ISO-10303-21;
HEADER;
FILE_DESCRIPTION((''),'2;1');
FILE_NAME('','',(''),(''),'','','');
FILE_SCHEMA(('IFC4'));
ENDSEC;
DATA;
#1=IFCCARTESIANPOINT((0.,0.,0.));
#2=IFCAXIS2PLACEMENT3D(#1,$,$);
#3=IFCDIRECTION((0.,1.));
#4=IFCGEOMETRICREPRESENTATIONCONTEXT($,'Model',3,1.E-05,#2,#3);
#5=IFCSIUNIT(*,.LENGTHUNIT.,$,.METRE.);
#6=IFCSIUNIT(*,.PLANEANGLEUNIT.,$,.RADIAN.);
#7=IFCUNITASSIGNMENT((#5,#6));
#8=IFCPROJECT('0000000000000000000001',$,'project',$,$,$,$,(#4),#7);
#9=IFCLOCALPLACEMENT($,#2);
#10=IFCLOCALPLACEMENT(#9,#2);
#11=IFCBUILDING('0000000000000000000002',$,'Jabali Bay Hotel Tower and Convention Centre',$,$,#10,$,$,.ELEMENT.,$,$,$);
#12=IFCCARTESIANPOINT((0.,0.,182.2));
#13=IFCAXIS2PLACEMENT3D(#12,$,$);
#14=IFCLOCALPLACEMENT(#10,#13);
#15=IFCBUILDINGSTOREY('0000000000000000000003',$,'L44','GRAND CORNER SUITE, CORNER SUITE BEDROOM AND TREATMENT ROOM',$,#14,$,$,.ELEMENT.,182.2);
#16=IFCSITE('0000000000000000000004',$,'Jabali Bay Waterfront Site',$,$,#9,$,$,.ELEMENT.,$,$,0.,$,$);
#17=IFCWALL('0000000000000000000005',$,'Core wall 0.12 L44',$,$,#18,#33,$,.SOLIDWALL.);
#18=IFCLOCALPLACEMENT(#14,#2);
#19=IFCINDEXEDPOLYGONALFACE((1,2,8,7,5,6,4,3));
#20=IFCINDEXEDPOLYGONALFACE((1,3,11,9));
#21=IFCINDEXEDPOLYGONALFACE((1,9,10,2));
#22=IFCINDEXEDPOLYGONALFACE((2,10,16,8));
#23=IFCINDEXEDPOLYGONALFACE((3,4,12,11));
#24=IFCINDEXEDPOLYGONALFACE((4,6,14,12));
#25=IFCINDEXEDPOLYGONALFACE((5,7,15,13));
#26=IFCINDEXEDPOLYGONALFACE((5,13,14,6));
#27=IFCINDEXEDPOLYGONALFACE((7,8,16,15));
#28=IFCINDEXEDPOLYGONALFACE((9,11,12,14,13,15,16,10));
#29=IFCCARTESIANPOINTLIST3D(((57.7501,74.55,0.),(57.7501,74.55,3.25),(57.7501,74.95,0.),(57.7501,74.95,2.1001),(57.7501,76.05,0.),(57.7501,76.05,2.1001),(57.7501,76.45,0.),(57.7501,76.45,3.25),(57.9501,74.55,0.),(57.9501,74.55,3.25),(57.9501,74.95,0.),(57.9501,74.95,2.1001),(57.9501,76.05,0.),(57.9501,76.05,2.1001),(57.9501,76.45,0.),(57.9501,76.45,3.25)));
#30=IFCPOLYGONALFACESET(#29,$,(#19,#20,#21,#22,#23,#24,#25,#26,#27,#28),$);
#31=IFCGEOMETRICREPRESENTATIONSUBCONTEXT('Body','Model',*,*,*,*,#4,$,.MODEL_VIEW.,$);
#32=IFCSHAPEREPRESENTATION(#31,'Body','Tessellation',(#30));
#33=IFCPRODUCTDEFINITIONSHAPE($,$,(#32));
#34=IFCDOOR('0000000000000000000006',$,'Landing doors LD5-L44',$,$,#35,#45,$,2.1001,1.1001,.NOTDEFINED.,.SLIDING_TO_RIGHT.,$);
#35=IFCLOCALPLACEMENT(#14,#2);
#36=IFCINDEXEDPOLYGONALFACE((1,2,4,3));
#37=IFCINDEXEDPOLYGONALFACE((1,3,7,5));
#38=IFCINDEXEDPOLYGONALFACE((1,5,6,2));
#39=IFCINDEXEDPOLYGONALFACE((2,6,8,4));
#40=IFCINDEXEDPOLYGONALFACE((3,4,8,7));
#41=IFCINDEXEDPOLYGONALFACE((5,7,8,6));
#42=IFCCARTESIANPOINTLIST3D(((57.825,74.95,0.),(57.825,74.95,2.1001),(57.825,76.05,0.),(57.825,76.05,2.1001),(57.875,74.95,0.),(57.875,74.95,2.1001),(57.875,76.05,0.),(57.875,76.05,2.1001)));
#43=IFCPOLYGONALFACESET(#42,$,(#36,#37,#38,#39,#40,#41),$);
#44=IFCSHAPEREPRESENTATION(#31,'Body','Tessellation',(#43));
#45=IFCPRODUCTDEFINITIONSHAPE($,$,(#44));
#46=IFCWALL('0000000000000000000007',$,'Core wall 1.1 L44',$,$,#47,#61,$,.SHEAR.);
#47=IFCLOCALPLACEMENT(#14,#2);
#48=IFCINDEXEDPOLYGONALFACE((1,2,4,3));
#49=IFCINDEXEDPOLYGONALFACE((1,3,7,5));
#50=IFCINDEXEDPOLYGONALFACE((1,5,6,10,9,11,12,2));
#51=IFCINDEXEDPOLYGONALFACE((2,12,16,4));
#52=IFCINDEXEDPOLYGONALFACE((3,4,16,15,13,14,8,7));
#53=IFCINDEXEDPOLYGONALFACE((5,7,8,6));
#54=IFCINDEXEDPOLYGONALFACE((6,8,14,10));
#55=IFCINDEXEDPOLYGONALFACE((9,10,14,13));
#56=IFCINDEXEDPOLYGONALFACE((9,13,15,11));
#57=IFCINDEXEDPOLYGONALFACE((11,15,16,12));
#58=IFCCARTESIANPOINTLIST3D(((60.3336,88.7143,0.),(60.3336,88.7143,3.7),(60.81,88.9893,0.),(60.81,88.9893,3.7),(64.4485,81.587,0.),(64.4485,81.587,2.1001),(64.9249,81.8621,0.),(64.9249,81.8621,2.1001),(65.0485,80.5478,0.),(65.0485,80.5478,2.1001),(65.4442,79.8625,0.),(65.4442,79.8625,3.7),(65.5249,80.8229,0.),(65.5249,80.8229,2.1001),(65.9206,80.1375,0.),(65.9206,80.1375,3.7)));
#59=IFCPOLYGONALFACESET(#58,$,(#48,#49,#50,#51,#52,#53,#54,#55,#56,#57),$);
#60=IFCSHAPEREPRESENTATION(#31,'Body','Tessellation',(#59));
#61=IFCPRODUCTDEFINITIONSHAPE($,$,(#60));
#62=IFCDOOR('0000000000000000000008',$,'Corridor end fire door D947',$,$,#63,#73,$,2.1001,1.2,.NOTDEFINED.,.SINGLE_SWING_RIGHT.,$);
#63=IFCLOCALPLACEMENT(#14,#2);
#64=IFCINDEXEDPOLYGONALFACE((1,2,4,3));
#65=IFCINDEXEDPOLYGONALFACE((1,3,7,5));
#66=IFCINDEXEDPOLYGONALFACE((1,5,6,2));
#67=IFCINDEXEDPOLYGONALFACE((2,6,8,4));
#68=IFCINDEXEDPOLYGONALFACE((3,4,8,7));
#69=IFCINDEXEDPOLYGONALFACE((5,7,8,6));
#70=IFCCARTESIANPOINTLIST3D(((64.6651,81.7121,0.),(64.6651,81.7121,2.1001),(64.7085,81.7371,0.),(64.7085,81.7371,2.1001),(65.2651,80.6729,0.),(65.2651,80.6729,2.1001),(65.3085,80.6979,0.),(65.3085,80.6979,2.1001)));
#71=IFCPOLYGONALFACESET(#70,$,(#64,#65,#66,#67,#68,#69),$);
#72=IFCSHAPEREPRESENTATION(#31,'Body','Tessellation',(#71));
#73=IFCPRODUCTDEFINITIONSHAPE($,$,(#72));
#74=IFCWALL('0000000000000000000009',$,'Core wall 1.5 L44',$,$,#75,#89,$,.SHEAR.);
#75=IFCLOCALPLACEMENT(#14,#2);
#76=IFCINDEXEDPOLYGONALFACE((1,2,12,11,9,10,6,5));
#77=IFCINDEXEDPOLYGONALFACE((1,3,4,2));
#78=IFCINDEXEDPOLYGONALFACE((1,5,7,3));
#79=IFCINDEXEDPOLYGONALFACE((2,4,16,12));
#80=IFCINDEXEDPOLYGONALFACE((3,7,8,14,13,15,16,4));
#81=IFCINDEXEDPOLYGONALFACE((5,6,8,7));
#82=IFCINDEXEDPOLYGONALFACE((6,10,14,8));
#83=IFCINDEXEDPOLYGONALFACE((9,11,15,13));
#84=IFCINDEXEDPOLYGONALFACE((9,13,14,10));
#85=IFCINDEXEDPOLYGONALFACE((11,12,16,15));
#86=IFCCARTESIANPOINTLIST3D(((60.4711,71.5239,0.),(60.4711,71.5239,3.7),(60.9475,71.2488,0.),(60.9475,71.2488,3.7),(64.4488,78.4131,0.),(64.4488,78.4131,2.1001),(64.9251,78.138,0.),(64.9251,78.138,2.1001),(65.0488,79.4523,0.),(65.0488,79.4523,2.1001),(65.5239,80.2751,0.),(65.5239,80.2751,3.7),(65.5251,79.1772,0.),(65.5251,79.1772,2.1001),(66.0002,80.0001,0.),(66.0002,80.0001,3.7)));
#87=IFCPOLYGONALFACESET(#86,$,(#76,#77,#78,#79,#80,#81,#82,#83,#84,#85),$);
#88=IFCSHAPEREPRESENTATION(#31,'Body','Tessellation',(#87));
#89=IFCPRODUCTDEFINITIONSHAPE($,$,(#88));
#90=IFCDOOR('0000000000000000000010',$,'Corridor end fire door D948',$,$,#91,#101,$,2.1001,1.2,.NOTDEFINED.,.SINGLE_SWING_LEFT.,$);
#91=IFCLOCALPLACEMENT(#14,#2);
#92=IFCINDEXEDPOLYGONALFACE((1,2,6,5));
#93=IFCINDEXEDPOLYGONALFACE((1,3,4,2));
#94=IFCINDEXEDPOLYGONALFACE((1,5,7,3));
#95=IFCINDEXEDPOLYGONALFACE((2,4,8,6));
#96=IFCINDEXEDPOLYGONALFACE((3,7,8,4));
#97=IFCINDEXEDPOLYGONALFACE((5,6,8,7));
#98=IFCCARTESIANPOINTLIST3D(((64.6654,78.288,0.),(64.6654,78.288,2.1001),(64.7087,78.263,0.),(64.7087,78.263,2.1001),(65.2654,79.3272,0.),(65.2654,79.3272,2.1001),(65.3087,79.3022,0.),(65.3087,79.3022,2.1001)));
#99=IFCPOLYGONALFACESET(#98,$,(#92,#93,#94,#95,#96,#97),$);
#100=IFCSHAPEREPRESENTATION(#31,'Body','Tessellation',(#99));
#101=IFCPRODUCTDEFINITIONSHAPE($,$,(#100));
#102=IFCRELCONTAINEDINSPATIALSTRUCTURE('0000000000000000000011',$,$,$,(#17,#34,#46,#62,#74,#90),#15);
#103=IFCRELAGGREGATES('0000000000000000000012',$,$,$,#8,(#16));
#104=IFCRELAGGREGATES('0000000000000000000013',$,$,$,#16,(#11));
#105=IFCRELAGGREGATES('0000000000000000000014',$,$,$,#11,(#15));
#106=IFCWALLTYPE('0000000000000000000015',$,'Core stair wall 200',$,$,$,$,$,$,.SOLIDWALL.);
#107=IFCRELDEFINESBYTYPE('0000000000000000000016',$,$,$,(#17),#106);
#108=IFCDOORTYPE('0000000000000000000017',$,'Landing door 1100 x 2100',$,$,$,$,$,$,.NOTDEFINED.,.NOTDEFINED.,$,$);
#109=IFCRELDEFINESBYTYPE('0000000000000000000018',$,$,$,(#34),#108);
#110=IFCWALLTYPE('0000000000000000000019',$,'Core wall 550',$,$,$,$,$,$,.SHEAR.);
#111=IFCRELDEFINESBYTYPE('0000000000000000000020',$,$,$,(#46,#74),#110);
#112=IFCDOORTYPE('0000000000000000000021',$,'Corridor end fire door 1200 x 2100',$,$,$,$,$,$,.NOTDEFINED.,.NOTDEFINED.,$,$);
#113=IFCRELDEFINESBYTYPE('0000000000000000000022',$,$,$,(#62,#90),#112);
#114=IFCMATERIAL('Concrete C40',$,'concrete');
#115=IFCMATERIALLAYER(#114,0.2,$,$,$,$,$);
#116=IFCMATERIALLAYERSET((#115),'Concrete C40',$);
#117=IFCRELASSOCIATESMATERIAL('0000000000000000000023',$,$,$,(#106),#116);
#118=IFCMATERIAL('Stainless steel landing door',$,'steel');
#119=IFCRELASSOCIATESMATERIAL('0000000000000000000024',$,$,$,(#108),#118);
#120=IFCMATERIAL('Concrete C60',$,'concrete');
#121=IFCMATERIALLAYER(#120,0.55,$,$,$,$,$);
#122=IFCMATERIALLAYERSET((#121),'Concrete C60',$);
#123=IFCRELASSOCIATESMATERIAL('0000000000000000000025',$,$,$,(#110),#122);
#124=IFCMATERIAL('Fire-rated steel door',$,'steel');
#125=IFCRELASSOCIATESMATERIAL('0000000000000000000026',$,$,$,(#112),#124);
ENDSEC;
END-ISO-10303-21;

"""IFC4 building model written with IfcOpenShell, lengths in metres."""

from ifc_helpers import new_model, si_unit, direction, frame, frame_2d, origin, place, context, subcontext, project, spatial, rectangle, extrude, material, layer, layer_set, type_object, element, fill, save


model = new_model("IFC4")

# Units and contexts
model_context = context("Model", 3, precision=1e-05, world=origin(), true_north=direction((0.0, 1.0)))
body_context = subcontext(model_context, "Body", "Model", "MODEL_VIEW")
ifc_project = project(units=[si_unit("LENGTHUNIT", "METRE"), si_unit("PLANEANGLEUNIT", "RADIAN")], contexts=[model_context])

# Site, building, storey
site_placement = place(None, origin())
site = spatial("IfcSite", under=ifc_project, at=site_placement, Name="Jabali Bay Waterfront Site", CompositionType="ELEMENT", RefElevation=0.0)
building_placement = place(site_placement, origin())
building = spatial("IfcBuilding", under=site, at=building_placement, Name="Jabali Bay Hotel Tower and Convention Centre", CompositionType="ELEMENT")
storey_placement = place(building_placement, frame((0.0, 0.0, 182.2)))
storey = spatial("IfcBuildingStorey", under=building, at=storey_placement, Name="L44", Description="GRAND CORNER SUITE, CORNER SUITE BEDROOM AND TREATMENT ROOM", CompositionType="ELEMENT", Elevation=182.2)

# Shared definitions
ifc_material_1 = material(Name="Concrete C60", Category="concrete")

# Shared definitions
ifc_material_2 = material(Name="Concrete C40", Category="concrete")
ifc_material_3 = material(Name="Fire-rated steel door", Category="steel")
ifc_layer_1 = layer(ifc_material_2, 0.2)
ifc_layer_set_1 = layer_set([ifc_layer_1], Name="Concrete C40")
wall_type_1 = type_object("IfcWallType", Name="Core stair wall 200", PredefinedType="SOLIDWALL", material=ifc_layer_set_1)

# Walls, openings, doors
wall_1_placement = place(storey_placement, frame((57.8501, 76.45, 0.0), z_axis=(0.0, 0.0, 1.0), x_axis=(0.0, -1.0, 0.0)))
wall_1 = element("IfcWall", 1, at=wall_1_placement, inside=storey, type_object=wall_type_1, Name="Core wall 0.12 L44", PredefinedType="SOLIDWALL", context=body_context, shape_type="SweptSolid", body=[
    extrude(rectangle(XDim=1.8999, YDim=0.2, at=frame_2d((0.95, 0.0))), origin(), (0.0, 0.0, 1.0), 3.25),
])
opening_1_placement = place(wall_1_placement, frame((0.3999, 0.0, 0.0)))
opening_1 = element("IfcOpeningElement", 2, at=opening_1_placement, cuts=wall_1, PredefinedType="OPENING", context=body_context, shape_type="SweptSolid", body=[
    extrude(rectangle(XDim=1.1001, YDim=2.1001, at=frame_2d((0.55, 1.05))), frame((0.0, 0.1104, 0.0), z_axis=(0.0, -1.0, 0.0), x_axis=(1.0, 0.0, 0.0)), (0.0, 0.0, 1.0), 0.2209),
])
ifc_material_4 = material(Name="Stainless steel landing door", Category="steel")
door_type_1 = type_object("IfcDoorType", Name="Landing door 1100 x 2100", OperationType="NOTDEFINED", PredefinedType="NOTDEFINED", material=ifc_material_4)
door_1_placement = place(opening_1_placement, origin())
door_1 = element("IfcDoor", 3, at=door_1_placement, inside=storey, type_object=door_type_1, Name="Landing doors LD5-L44", OperationType="SLIDING_TO_RIGHT", OverallHeight=2.1001, OverallWidth=1.1001, PredefinedType="NOTDEFINED", context=body_context, shape_type="SweptSolid", body=[
    extrude(rectangle(XDim=1.1001, YDim=2.1001, at=frame_2d((0.55, 1.05))), frame((0.0, 0.0249, 0.0), z_axis=(0.0, -1.0, 0.0), x_axis=(1.0, 0.0, 0.0)), (0.0, 0.0, 1.0), 0.05),
])
fill(opening_1, door_1)
ifc_layer_2 = layer(ifc_material_1, 0.55)
ifc_layer_set_2 = layer_set([ifc_layer_2], Name="Concrete C60")
wall_type_2 = type_object("IfcWallType", Name="Core wall 550", PredefinedType="SHEAR", material=ifc_layer_set_2)
wall_2_placement = place(storey_placement, frame((65.6824, 80.0, 0.0), z_axis=(0.0, 0.0, 1.0), x_axis=(-0.5, 0.866025, 0.0)))
wall_2 = element("IfcWall", 4, at=wall_2_placement, inside=storey, type_object=wall_type_2, Name="Core wall 1.1 L44", PredefinedType="SHEAR", context=body_context, shape_type="SweptSolid", body=[
    extrude(rectangle(XDim=10.2212, YDim=0.55, at=frame_2d((5.1106, 0.0))), origin(), (0.0, 0.0, 1.0), 3.7),
])
opening_2_placement = place(wall_2_placement, frame((0.7913, 0.0, 0.0)))
opening_2 = element("IfcOpeningElement", 5, at=opening_2_placement, cuts=wall_2, PredefinedType="OPENING", context=body_context, shape_type="SweptSolid", body=[
    extrude(rectangle(XDim=1.2, YDim=2.1001, at=frame_2d((0.6001, 1.05))), frame((0.0, 0.2856, 0.0), z_axis=(0.0, -1.0, 0.0), x_axis=(1.0, 0.0, 0.0)), (0.0, 0.0, 1.0), 0.571),
])
door_type_2 = type_object("IfcDoorType", Name="Corridor end fire door 1200 x 2100", OperationType="NOTDEFINED", PredefinedType="NOTDEFINED", material=ifc_material_3)
door_2_placement = place(opening_2_placement, origin())
door_2 = element("IfcDoor", 6, at=door_2_placement, inside=storey, type_object=door_type_2, Name="Corridor end fire door D947", OperationType="SINGLE_SWING_RIGHT", OverallHeight=2.1001, OverallWidth=1.2, PredefinedType="NOTDEFINED", context=body_context, shape_type="SweptSolid", body=[
    extrude(rectangle(XDim=1.2, YDim=2.1001, at=frame_2d((0.6001, 1.05))), frame((0.0, 0.0249, 0.0), z_axis=(0.0, -1.0, 0.0), x_axis=(1.0, 0.0, 0.0)), (0.0, 0.0, 1.0), 0.05),
])
fill(opening_2, door_2)
wall_3_placement = place(storey_placement, frame((60.7092, 71.3862, 0.0), z_axis=(0.0, 0.0, 1.0), x_axis=(0.500016, 0.866016, 0.0)))
wall_3 = element("IfcWall", 7, at=wall_3_placement, inside=storey, type_object=wall_type_2, Name="Core wall 1.5 L44", PredefinedType="SHEAR", context=body_context, shape_type="SweptSolid", body=[
    extrude(rectangle(XDim=10.1052, YDim=0.55, at=frame_2d((5.0527, 0.0))), origin(), (0.0, 0.0, 1.0), 3.7),
])
opening_3_placement = place(wall_3_placement, frame((7.9551, 0.0, 0.0)))
opening_3 = element("IfcOpeningElement", 8, at=opening_3_placement, cuts=wall_3, PredefinedType="OPENING", context=body_context, shape_type="SweptSolid", body=[
    extrude(rectangle(XDim=1.2, YDim=2.1001, at=frame_2d((0.6001, 1.05))), frame((0.0, 0.2856, 0.0), z_axis=(0.0, -1.0, 0.0), x_axis=(1.0, 0.0, 0.0)), (0.0, 0.0, 1.0), 0.571),
])
door_3_placement = place(opening_3_placement, origin())
door_3 = element("IfcDoor", 9, at=door_3_placement, inside=storey, type_object=door_type_2, Name="Corridor end fire door D948", OperationType="SINGLE_SWING_LEFT", OverallHeight=2.1001, OverallWidth=1.2, PredefinedType="NOTDEFINED", context=body_context, shape_type="SweptSolid", body=[
    extrude(rectangle(XDim=1.2, YDim=2.1001, at=frame_2d((0.6001, 1.05))), frame((0.0, 0.0249, 0.0), z_axis=(0.0, -1.0, 0.0), x_axis=(1.0, 0.0, 0.0)), (0.0, 0.0, 1.0), 0.05),
])
fill(opening_3, door_3)

save(model, "model.ifc")
